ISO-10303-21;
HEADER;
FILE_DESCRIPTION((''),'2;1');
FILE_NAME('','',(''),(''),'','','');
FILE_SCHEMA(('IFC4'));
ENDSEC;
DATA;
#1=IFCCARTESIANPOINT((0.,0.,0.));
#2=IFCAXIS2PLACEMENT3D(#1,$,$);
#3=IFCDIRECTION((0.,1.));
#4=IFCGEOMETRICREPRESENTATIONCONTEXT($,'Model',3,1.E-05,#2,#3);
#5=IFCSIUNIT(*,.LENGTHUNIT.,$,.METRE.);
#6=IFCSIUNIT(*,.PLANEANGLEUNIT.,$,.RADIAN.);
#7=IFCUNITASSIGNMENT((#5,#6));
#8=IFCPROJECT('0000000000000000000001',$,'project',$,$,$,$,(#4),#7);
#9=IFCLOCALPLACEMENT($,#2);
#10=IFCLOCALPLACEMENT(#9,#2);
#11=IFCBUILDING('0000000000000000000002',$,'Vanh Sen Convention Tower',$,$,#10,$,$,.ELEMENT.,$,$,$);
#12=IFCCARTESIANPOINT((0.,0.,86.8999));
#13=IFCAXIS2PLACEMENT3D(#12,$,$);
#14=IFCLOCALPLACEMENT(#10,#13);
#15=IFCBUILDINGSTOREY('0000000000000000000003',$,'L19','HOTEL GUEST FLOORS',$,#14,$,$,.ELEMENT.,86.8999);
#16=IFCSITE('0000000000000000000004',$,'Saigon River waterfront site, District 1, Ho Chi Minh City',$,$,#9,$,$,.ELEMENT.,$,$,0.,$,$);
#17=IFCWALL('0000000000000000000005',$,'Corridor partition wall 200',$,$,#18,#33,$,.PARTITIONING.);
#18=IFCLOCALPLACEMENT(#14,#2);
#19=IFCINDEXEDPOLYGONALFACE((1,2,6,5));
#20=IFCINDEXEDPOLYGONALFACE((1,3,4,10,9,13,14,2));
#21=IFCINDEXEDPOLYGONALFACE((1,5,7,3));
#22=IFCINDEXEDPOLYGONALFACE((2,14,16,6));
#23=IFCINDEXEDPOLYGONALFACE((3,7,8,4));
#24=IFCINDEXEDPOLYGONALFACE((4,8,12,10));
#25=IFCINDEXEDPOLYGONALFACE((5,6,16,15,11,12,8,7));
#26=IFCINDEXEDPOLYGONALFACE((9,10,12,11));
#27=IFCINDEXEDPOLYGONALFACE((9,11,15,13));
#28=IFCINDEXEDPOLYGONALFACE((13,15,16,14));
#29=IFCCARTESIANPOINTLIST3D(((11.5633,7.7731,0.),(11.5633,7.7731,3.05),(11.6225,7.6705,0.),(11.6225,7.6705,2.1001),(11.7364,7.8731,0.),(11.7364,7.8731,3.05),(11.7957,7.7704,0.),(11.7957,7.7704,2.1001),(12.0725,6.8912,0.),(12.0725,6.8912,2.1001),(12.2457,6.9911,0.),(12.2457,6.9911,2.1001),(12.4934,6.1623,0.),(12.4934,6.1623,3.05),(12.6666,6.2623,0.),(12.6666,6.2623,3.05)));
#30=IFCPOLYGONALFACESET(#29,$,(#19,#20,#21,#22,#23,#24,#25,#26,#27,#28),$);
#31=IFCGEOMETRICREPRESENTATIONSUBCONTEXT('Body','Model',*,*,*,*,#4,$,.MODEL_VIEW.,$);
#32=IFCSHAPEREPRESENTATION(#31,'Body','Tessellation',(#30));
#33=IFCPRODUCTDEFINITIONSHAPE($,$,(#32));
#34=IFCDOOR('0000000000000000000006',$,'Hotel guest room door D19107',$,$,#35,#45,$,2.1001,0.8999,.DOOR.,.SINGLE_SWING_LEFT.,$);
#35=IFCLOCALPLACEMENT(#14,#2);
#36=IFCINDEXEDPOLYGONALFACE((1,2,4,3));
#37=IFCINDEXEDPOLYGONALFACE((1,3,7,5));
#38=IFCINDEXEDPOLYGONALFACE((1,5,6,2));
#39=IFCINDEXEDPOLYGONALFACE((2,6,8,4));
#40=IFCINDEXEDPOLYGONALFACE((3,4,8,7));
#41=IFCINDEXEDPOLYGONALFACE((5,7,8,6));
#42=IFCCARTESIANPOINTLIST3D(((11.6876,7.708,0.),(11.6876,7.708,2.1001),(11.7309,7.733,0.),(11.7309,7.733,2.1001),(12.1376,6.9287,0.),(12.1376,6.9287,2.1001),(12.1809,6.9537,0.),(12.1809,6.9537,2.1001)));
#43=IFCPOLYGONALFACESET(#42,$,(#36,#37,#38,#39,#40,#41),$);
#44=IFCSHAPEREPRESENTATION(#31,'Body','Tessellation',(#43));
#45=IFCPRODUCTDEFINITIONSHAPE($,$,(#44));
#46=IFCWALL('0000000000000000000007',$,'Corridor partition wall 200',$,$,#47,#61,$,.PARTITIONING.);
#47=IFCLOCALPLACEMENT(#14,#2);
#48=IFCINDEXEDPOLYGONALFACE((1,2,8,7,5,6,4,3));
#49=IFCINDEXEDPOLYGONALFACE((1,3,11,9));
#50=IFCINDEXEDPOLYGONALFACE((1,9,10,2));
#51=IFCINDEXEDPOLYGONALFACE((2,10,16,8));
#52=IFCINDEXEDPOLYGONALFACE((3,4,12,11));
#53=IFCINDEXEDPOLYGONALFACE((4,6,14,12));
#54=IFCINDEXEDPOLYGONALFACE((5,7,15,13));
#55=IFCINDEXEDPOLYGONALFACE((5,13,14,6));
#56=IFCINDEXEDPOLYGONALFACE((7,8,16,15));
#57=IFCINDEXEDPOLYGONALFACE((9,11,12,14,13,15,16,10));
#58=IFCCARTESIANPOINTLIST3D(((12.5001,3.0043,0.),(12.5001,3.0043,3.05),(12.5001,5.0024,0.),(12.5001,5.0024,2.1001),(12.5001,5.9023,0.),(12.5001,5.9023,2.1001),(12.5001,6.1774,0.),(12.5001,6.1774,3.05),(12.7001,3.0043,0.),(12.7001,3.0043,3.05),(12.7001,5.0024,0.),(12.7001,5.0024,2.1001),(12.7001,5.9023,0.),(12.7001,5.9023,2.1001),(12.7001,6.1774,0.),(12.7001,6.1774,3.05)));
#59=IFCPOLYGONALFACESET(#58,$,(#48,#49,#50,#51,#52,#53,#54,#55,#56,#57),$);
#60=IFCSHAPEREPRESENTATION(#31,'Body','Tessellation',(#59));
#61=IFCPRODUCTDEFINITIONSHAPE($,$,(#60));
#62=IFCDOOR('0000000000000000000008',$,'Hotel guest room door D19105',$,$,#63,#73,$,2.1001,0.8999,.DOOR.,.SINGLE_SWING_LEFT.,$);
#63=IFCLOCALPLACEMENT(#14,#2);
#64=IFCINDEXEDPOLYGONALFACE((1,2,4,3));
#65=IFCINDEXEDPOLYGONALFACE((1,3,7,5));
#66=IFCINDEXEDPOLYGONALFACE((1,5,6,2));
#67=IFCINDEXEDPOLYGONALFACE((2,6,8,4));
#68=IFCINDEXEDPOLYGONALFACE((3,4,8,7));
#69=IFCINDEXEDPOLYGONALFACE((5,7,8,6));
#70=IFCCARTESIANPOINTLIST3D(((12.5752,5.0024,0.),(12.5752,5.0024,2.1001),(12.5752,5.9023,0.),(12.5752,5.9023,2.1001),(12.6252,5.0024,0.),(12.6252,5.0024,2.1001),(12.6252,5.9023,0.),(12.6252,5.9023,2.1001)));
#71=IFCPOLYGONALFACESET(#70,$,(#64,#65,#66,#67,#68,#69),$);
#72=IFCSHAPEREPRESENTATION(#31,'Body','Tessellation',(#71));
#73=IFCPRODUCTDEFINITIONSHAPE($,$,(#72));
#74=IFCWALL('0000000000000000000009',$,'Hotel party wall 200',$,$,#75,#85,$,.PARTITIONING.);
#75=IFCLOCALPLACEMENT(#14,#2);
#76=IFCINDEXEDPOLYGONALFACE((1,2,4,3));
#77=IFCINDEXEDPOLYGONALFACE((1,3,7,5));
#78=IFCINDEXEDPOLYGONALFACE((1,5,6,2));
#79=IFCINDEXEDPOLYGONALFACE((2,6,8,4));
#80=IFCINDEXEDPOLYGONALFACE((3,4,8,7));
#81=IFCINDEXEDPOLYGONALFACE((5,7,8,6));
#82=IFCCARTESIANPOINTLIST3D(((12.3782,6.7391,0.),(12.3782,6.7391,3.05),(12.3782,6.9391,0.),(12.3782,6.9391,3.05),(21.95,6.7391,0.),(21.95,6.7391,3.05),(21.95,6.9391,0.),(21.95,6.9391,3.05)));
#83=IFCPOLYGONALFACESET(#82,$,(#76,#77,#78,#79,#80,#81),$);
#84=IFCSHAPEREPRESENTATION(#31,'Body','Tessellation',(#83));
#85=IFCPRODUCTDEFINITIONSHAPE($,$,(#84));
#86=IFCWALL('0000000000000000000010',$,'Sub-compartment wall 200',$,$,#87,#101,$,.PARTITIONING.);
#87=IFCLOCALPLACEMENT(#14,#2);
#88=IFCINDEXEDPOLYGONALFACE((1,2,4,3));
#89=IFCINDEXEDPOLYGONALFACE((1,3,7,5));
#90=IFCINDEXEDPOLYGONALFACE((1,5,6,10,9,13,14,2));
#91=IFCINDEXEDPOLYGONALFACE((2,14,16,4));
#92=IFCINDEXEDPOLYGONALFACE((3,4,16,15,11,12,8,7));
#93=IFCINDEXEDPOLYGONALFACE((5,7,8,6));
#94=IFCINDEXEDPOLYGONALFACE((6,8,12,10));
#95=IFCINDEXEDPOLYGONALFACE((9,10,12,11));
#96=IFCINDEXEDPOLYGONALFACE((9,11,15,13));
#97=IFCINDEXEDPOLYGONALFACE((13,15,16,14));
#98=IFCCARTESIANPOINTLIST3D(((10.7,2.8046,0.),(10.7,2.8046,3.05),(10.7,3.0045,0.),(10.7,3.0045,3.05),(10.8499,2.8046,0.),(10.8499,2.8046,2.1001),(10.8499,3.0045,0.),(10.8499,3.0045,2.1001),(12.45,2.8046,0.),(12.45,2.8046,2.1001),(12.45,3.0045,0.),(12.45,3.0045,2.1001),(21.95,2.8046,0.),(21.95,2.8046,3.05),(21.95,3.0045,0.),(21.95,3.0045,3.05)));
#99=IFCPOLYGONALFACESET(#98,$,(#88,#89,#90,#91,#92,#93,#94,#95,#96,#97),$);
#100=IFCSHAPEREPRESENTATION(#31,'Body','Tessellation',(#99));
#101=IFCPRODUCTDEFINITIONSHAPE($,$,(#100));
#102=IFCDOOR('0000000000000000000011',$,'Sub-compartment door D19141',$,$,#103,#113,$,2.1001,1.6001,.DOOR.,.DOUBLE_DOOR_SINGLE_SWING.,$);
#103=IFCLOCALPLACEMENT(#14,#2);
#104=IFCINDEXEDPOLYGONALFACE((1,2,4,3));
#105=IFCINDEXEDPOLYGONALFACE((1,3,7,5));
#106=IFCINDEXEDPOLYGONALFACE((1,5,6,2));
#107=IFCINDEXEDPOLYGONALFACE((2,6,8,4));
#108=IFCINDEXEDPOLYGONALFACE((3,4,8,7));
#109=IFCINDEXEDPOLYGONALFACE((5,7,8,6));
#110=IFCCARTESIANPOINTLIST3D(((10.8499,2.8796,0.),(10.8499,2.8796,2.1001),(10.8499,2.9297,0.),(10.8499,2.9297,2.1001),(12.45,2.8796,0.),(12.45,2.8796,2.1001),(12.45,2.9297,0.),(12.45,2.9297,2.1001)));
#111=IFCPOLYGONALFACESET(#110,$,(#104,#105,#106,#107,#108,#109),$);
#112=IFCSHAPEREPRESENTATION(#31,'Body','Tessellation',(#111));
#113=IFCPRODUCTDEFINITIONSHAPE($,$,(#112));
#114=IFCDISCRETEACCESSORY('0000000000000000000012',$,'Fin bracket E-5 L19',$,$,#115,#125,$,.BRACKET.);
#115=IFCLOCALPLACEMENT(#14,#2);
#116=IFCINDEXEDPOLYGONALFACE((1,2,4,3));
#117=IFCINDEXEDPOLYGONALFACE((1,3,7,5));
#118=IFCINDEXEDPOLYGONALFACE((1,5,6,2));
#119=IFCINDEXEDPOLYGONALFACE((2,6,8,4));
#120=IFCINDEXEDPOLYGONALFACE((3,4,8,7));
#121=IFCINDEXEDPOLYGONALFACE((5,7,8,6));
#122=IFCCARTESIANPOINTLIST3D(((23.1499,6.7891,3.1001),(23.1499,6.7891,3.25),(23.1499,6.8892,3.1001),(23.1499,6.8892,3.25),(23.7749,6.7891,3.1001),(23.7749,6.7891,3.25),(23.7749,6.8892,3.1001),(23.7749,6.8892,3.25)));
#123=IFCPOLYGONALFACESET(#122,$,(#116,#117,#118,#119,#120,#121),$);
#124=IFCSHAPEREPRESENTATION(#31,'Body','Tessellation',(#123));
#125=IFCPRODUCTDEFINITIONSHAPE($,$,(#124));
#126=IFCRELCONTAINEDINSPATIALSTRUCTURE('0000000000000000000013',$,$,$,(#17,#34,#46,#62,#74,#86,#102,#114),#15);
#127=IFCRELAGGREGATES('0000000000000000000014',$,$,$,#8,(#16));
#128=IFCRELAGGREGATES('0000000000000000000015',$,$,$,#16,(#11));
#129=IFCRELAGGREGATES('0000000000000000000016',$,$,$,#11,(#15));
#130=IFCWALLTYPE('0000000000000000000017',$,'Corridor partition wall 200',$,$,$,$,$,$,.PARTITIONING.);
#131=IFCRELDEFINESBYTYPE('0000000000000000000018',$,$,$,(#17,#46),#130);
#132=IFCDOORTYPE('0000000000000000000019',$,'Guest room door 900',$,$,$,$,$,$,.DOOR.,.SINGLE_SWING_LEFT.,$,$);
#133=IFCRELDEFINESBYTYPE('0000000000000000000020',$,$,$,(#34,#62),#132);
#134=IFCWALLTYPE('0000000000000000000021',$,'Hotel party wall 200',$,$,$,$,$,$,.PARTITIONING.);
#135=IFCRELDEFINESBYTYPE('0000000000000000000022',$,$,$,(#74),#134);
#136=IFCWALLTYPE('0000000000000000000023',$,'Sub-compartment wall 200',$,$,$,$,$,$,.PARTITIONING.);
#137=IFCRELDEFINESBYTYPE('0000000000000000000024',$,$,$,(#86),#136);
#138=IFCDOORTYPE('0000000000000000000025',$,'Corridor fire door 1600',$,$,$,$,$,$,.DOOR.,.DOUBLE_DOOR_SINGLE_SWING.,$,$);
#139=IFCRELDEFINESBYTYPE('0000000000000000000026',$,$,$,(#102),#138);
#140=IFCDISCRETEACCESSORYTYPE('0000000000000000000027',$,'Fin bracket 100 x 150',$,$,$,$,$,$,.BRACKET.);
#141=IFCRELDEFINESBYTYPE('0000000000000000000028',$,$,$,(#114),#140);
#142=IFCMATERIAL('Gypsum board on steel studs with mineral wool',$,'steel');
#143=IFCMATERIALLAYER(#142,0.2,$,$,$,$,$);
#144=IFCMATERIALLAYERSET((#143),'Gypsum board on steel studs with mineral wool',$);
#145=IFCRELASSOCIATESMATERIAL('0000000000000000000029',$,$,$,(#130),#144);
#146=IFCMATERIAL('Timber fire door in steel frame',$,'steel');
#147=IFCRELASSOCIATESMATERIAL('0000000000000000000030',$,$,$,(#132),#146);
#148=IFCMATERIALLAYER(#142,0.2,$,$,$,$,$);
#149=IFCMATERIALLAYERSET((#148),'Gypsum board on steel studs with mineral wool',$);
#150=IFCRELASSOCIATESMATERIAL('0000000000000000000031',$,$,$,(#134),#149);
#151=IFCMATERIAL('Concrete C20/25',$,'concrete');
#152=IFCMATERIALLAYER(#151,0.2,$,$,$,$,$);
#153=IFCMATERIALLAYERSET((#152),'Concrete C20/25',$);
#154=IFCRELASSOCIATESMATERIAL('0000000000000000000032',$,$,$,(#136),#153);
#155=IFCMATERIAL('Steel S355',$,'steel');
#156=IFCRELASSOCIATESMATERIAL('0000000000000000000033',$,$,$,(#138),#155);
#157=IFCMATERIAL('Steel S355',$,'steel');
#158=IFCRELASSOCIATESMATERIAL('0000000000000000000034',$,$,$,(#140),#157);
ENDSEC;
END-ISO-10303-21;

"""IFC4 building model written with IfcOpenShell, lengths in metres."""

from ifc_helpers import new_model, si_unit, direction, frame, frame_2d, origin, origin_2d, place, context, subcontext, project, spatial, rectangle, extrude, material, layer, layer_set, type_object, element, fill, save


model = new_model("IFC4")

# Units and contexts
model_context = context("Model", 3, precision=1e-05, world=origin(), true_north=direction((0.0, 1.0)))
body_context = subcontext(model_context, "Body", "Model", "MODEL_VIEW")
ifc_project = project(units=[si_unit("LENGTHUNIT", "METRE"), si_unit("PLANEANGLEUNIT", "RADIAN")], contexts=[model_context])

# Site, building, storey
site_placement = place(None, origin())
site = spatial("IfcSite", under=ifc_project, at=site_placement, Name="Saigon River waterfront site, District 1, Ho Chi Minh City", CompositionType="ELEMENT", RefElevation=0.0)
building_placement = place(site_placement, origin())
building = spatial("IfcBuilding", under=site, at=building_placement, Name="Vanh Sen Convention Tower", CompositionType="ELEMENT")
storey_placement = place(building_placement, frame((0.0, 0.0, 86.8999)))
storey = spatial("IfcBuildingStorey", under=building, at=storey_placement, Name="L19", Description="HOTEL GUEST FLOORS", CompositionType="ELEMENT", Elevation=86.8999)

# Walls, openings, doors
ifc_material_1 = material(Name="Gypsum board on steel studs with mineral wool", Category="steel")
ifc_layer_1 = layer(ifc_material_1, 0.2)
ifc_layer_set_1 = layer_set([ifc_layer_1], Name="Gypsum board on steel studs with mineral wool")
wall_type_1 = type_object("IfcWallType", Name="Corridor partition wall 200", PredefinedType="PARTITIONING", material=ifc_layer_set_1)
wall_1_placement = place(storey_placement, frame((12.5801, 6.2122, 0.0), z_axis=(0.0, 0.0, 1.0), x_axis=(-0.500063, 0.865989, 0.0)))
wall_1 = element("IfcWall", 1, at=wall_1_placement, inside=storey, type_object=wall_type_1, Name="Corridor partition wall 200", PredefinedType="PARTITIONING", context=body_context, shape_type="SweptSolid", body=[
    extrude(rectangle(XDim=1.8601, YDim=0.2, at=frame_2d((0.9302, 0.0))), origin(), (0.0, 0.0, 1.0), 3.05),
])
opening_1_placement = place(wall_1_placement, frame((0.8418, 0.0, 0.0)))
opening_1 = element("IfcOpeningElement", 2, at=opening_1_placement, cuts=wall_1, PredefinedType="OPENING", context=body_context, shape_type="SweptSolid", body=[
    extrude(rectangle(XDim=0.8999, YDim=2.1001, at=frame_2d((0.45, 1.05))), frame((0.0, 0.1099, 0.0), z_axis=(0.0, -1.0, 0.0), x_axis=(1.0, 0.0, 0.0)), (0.0, 0.0, 1.0), 0.22),
])
ifc_material_2 = material(Name="Timber fire door in steel frame", Category="steel")
door_type_1 = type_object("IfcDoorType", Name="Guest room door 900", OperationType="SINGLE_SWING_LEFT", PredefinedType="DOOR", material=ifc_material_2)
door_1_placement = place(opening_1_placement, origin())
door_1 = element("IfcDoor", 3, at=door_1_placement, inside=storey, type_object=door_type_1, Name="Hotel guest room door D19107", OperationType="SINGLE_SWING_LEFT", OverallHeight=2.1001, OverallWidth=0.8999, PredefinedType="DOOR", context=body_context, shape_type="SweptSolid", body=[
    extrude(rectangle(XDim=0.8999, YDim=2.1001, at=frame_2d((0.45, 1.05))), frame((0.0, 0.0249, 0.0), z_axis=(0.0, -1.0, 0.0), x_axis=(1.0, 0.0, 0.0)), (0.0, 0.0, 1.0), 0.05),
])
fill(opening_1, door_1)
wall_2_placement = place(storey_placement, frame((12.6001, 3.0044, 0.0), z_axis=(0.0, 0.0, 1.0), x_axis=(0.0, 1.0, 0.0)))
wall_2 = element("IfcWall", 4, at=wall_2_placement, inside=storey, type_object=wall_type_1, Name="Corridor partition wall 200", PredefinedType="PARTITIONING", context=body_context, shape_type="SweptSolid", body=[
    extrude(rectangle(XDim=3.1731, YDim=0.2, at=frame_2d((1.5864, 0.0))), origin(), (0.0, 0.0, 1.0), 3.05),
])
opening_2_placement = place(wall_2_placement, frame((1.998, 0.0, 0.0)))
opening_2 = element("IfcOpeningElement", 5, at=opening_2_placement, cuts=wall_2, PredefinedType="OPENING", context=body_context, shape_type="SweptSolid", body=[
    extrude(rectangle(XDim=0.8999, YDim=2.1001, at=frame_2d((0.45, 1.05))), frame((0.0, 0.1099, 0.0), z_axis=(0.0, -1.0, 0.0), x_axis=(1.0, 0.0, 0.0)), (0.0, 0.0, 1.0), 0.22),
])
door_2_placement = place(opening_2_placement, origin())
door_2 = element("IfcDoor", 6, at=door_2_placement, inside=storey, type_object=door_type_1, Name="Hotel guest room door D19105", OperationType="SINGLE_SWING_LEFT", OverallHeight=2.1001, OverallWidth=0.8999, PredefinedType="DOOR", context=body_context, shape_type="SweptSolid", body=[
    extrude(rectangle(XDim=0.8999, YDim=2.1001, at=frame_2d((0.45, 1.05))), frame((0.0, 0.0249, 0.0), z_axis=(0.0, -1.0, 0.0), x_axis=(1.0, 0.0, 0.0)), (0.0, 0.0, 1.0), 0.05),
])
fill(opening_2, door_2)

# Wall
ifc_layer_2 = layer(ifc_material_1, 0.2)
ifc_layer_set_2 = layer_set([ifc_layer_2], Name="Gypsum board on steel studs with mineral wool")
wall_type_2 = type_object("IfcWallType", Name="Hotel party wall 200", PredefinedType="PARTITIONING", material=ifc_layer_set_2)
wall_3_placement = place(storey_placement, frame((21.95, 6.8391, 0.0), z_axis=(0.0, 0.0, 1.0), x_axis=(-1.0, 0.0, 0.0)))
element("IfcWall", 7, at=wall_3_placement, inside=storey, type_object=wall_type_2, Name="Hotel party wall 200", PredefinedType="PARTITIONING", context=body_context, shape_type="SweptSolid", body=[
    extrude(rectangle(XDim=9.5718, YDim=0.2, at=frame_2d((4.7859, 0.0))), origin(), (0.0, 0.0, 1.0), 3.05),
])

# Wall, opening, door
ifc_material_3 = material(Name="Concrete C20/25", Category="concrete")
ifc_layer_3 = layer(ifc_material_3, 0.2)
ifc_layer_set_3 = layer_set([ifc_layer_3], Name="Concrete C20/25")
wall_type_3 = type_object("IfcWallType", Name="Sub-compartment wall 200", PredefinedType="PARTITIONING", material=ifc_layer_set_3)
wall_4_placement = place(storey_placement, frame((21.95, 2.9045, 0.0), z_axis=(0.0, 0.0, 1.0), x_axis=(-1.0, 0.0, 0.0)))
wall_4 = element("IfcWall", 8, at=wall_4_placement, inside=storey, type_object=wall_type_3, Name="Sub-compartment wall 200", PredefinedType="PARTITIONING", context=body_context, shape_type="SweptSolid", body=[
    extrude(rectangle(XDim=11.25, YDim=0.2, at=frame_2d((5.625, 0.0))), origin(), (0.0, 0.0, 1.0), 3.05),
])
opening_3_placement = place(wall_4_placement, frame((9.5, 0.0, 0.0)))
opening_3 = element("IfcOpeningElement", 9, at=opening_3_placement, cuts=wall_4, PredefinedType="OPENING", context=body_context, shape_type="SweptSolid", body=[
    extrude(rectangle(XDim=1.6001, YDim=2.1001, at=frame_2d((0.8, 1.05))), frame((0.0, 0.1099, 0.0), z_axis=(0.0, -1.0, 0.0), x_axis=(1.0, 0.0, 0.0)), (0.0, 0.0, 1.0), 0.22),
])
ifc_material_4 = material(Name="Steel S355", Category="steel")
door_type_2 = type_object("IfcDoorType", Name="Corridor fire door 1600", OperationType="DOUBLE_DOOR_SINGLE_SWING", PredefinedType="DOOR", material=ifc_material_4)
door_3_placement = place(opening_3_placement, origin())
door_3 = element("IfcDoor", 10, at=door_3_placement, inside=storey, type_object=door_type_2, Name="Sub-compartment door D19141", OperationType="DOUBLE_DOOR_SINGLE_SWING", OverallHeight=2.1001, OverallWidth=1.6001, PredefinedType="DOOR", context=body_context, shape_type="SweptSolid", body=[
    extrude(rectangle(XDim=1.6001, YDim=2.1001, at=frame_2d((0.8, 1.05))), frame((0.0, 0.0249, 0.0), z_axis=(0.0, -1.0, 0.0), x_axis=(1.0, 0.0, 0.0)), (0.0, 0.0, 1.0), 0.05),
])
fill(opening_3, door_3)

# Discrete accessory
ifc_material_5 = material(Name="Steel S355", Category="steel")
discrete_accessory_type = type_object("IfcDiscreteAccessoryType", Name="Fin bracket 100 x 150", PredefinedType="BRACKET", material=ifc_material_5)
discrete_accessory_placement = place(storey_placement, frame((23.4624, 6.8391, 3.1001), z_axis=(0.0, 0.0, 1.0), x_axis=(1.0, 0.0, 0.0)))
element("IfcDiscreteAccessory", 11, at=discrete_accessory_placement, inside=storey, type_object=discrete_accessory_type, Name="Fin bracket E-5 L19", PredefinedType="BRACKET", context=body_context, shape_type="SweptSolid", body=[
    extrude(rectangle(XDim=0.625, YDim=0.1001, at=origin_2d()), origin(), (0.0, 0.0, 1.0), 0.1499),
])

save(model, "model.ifc")
